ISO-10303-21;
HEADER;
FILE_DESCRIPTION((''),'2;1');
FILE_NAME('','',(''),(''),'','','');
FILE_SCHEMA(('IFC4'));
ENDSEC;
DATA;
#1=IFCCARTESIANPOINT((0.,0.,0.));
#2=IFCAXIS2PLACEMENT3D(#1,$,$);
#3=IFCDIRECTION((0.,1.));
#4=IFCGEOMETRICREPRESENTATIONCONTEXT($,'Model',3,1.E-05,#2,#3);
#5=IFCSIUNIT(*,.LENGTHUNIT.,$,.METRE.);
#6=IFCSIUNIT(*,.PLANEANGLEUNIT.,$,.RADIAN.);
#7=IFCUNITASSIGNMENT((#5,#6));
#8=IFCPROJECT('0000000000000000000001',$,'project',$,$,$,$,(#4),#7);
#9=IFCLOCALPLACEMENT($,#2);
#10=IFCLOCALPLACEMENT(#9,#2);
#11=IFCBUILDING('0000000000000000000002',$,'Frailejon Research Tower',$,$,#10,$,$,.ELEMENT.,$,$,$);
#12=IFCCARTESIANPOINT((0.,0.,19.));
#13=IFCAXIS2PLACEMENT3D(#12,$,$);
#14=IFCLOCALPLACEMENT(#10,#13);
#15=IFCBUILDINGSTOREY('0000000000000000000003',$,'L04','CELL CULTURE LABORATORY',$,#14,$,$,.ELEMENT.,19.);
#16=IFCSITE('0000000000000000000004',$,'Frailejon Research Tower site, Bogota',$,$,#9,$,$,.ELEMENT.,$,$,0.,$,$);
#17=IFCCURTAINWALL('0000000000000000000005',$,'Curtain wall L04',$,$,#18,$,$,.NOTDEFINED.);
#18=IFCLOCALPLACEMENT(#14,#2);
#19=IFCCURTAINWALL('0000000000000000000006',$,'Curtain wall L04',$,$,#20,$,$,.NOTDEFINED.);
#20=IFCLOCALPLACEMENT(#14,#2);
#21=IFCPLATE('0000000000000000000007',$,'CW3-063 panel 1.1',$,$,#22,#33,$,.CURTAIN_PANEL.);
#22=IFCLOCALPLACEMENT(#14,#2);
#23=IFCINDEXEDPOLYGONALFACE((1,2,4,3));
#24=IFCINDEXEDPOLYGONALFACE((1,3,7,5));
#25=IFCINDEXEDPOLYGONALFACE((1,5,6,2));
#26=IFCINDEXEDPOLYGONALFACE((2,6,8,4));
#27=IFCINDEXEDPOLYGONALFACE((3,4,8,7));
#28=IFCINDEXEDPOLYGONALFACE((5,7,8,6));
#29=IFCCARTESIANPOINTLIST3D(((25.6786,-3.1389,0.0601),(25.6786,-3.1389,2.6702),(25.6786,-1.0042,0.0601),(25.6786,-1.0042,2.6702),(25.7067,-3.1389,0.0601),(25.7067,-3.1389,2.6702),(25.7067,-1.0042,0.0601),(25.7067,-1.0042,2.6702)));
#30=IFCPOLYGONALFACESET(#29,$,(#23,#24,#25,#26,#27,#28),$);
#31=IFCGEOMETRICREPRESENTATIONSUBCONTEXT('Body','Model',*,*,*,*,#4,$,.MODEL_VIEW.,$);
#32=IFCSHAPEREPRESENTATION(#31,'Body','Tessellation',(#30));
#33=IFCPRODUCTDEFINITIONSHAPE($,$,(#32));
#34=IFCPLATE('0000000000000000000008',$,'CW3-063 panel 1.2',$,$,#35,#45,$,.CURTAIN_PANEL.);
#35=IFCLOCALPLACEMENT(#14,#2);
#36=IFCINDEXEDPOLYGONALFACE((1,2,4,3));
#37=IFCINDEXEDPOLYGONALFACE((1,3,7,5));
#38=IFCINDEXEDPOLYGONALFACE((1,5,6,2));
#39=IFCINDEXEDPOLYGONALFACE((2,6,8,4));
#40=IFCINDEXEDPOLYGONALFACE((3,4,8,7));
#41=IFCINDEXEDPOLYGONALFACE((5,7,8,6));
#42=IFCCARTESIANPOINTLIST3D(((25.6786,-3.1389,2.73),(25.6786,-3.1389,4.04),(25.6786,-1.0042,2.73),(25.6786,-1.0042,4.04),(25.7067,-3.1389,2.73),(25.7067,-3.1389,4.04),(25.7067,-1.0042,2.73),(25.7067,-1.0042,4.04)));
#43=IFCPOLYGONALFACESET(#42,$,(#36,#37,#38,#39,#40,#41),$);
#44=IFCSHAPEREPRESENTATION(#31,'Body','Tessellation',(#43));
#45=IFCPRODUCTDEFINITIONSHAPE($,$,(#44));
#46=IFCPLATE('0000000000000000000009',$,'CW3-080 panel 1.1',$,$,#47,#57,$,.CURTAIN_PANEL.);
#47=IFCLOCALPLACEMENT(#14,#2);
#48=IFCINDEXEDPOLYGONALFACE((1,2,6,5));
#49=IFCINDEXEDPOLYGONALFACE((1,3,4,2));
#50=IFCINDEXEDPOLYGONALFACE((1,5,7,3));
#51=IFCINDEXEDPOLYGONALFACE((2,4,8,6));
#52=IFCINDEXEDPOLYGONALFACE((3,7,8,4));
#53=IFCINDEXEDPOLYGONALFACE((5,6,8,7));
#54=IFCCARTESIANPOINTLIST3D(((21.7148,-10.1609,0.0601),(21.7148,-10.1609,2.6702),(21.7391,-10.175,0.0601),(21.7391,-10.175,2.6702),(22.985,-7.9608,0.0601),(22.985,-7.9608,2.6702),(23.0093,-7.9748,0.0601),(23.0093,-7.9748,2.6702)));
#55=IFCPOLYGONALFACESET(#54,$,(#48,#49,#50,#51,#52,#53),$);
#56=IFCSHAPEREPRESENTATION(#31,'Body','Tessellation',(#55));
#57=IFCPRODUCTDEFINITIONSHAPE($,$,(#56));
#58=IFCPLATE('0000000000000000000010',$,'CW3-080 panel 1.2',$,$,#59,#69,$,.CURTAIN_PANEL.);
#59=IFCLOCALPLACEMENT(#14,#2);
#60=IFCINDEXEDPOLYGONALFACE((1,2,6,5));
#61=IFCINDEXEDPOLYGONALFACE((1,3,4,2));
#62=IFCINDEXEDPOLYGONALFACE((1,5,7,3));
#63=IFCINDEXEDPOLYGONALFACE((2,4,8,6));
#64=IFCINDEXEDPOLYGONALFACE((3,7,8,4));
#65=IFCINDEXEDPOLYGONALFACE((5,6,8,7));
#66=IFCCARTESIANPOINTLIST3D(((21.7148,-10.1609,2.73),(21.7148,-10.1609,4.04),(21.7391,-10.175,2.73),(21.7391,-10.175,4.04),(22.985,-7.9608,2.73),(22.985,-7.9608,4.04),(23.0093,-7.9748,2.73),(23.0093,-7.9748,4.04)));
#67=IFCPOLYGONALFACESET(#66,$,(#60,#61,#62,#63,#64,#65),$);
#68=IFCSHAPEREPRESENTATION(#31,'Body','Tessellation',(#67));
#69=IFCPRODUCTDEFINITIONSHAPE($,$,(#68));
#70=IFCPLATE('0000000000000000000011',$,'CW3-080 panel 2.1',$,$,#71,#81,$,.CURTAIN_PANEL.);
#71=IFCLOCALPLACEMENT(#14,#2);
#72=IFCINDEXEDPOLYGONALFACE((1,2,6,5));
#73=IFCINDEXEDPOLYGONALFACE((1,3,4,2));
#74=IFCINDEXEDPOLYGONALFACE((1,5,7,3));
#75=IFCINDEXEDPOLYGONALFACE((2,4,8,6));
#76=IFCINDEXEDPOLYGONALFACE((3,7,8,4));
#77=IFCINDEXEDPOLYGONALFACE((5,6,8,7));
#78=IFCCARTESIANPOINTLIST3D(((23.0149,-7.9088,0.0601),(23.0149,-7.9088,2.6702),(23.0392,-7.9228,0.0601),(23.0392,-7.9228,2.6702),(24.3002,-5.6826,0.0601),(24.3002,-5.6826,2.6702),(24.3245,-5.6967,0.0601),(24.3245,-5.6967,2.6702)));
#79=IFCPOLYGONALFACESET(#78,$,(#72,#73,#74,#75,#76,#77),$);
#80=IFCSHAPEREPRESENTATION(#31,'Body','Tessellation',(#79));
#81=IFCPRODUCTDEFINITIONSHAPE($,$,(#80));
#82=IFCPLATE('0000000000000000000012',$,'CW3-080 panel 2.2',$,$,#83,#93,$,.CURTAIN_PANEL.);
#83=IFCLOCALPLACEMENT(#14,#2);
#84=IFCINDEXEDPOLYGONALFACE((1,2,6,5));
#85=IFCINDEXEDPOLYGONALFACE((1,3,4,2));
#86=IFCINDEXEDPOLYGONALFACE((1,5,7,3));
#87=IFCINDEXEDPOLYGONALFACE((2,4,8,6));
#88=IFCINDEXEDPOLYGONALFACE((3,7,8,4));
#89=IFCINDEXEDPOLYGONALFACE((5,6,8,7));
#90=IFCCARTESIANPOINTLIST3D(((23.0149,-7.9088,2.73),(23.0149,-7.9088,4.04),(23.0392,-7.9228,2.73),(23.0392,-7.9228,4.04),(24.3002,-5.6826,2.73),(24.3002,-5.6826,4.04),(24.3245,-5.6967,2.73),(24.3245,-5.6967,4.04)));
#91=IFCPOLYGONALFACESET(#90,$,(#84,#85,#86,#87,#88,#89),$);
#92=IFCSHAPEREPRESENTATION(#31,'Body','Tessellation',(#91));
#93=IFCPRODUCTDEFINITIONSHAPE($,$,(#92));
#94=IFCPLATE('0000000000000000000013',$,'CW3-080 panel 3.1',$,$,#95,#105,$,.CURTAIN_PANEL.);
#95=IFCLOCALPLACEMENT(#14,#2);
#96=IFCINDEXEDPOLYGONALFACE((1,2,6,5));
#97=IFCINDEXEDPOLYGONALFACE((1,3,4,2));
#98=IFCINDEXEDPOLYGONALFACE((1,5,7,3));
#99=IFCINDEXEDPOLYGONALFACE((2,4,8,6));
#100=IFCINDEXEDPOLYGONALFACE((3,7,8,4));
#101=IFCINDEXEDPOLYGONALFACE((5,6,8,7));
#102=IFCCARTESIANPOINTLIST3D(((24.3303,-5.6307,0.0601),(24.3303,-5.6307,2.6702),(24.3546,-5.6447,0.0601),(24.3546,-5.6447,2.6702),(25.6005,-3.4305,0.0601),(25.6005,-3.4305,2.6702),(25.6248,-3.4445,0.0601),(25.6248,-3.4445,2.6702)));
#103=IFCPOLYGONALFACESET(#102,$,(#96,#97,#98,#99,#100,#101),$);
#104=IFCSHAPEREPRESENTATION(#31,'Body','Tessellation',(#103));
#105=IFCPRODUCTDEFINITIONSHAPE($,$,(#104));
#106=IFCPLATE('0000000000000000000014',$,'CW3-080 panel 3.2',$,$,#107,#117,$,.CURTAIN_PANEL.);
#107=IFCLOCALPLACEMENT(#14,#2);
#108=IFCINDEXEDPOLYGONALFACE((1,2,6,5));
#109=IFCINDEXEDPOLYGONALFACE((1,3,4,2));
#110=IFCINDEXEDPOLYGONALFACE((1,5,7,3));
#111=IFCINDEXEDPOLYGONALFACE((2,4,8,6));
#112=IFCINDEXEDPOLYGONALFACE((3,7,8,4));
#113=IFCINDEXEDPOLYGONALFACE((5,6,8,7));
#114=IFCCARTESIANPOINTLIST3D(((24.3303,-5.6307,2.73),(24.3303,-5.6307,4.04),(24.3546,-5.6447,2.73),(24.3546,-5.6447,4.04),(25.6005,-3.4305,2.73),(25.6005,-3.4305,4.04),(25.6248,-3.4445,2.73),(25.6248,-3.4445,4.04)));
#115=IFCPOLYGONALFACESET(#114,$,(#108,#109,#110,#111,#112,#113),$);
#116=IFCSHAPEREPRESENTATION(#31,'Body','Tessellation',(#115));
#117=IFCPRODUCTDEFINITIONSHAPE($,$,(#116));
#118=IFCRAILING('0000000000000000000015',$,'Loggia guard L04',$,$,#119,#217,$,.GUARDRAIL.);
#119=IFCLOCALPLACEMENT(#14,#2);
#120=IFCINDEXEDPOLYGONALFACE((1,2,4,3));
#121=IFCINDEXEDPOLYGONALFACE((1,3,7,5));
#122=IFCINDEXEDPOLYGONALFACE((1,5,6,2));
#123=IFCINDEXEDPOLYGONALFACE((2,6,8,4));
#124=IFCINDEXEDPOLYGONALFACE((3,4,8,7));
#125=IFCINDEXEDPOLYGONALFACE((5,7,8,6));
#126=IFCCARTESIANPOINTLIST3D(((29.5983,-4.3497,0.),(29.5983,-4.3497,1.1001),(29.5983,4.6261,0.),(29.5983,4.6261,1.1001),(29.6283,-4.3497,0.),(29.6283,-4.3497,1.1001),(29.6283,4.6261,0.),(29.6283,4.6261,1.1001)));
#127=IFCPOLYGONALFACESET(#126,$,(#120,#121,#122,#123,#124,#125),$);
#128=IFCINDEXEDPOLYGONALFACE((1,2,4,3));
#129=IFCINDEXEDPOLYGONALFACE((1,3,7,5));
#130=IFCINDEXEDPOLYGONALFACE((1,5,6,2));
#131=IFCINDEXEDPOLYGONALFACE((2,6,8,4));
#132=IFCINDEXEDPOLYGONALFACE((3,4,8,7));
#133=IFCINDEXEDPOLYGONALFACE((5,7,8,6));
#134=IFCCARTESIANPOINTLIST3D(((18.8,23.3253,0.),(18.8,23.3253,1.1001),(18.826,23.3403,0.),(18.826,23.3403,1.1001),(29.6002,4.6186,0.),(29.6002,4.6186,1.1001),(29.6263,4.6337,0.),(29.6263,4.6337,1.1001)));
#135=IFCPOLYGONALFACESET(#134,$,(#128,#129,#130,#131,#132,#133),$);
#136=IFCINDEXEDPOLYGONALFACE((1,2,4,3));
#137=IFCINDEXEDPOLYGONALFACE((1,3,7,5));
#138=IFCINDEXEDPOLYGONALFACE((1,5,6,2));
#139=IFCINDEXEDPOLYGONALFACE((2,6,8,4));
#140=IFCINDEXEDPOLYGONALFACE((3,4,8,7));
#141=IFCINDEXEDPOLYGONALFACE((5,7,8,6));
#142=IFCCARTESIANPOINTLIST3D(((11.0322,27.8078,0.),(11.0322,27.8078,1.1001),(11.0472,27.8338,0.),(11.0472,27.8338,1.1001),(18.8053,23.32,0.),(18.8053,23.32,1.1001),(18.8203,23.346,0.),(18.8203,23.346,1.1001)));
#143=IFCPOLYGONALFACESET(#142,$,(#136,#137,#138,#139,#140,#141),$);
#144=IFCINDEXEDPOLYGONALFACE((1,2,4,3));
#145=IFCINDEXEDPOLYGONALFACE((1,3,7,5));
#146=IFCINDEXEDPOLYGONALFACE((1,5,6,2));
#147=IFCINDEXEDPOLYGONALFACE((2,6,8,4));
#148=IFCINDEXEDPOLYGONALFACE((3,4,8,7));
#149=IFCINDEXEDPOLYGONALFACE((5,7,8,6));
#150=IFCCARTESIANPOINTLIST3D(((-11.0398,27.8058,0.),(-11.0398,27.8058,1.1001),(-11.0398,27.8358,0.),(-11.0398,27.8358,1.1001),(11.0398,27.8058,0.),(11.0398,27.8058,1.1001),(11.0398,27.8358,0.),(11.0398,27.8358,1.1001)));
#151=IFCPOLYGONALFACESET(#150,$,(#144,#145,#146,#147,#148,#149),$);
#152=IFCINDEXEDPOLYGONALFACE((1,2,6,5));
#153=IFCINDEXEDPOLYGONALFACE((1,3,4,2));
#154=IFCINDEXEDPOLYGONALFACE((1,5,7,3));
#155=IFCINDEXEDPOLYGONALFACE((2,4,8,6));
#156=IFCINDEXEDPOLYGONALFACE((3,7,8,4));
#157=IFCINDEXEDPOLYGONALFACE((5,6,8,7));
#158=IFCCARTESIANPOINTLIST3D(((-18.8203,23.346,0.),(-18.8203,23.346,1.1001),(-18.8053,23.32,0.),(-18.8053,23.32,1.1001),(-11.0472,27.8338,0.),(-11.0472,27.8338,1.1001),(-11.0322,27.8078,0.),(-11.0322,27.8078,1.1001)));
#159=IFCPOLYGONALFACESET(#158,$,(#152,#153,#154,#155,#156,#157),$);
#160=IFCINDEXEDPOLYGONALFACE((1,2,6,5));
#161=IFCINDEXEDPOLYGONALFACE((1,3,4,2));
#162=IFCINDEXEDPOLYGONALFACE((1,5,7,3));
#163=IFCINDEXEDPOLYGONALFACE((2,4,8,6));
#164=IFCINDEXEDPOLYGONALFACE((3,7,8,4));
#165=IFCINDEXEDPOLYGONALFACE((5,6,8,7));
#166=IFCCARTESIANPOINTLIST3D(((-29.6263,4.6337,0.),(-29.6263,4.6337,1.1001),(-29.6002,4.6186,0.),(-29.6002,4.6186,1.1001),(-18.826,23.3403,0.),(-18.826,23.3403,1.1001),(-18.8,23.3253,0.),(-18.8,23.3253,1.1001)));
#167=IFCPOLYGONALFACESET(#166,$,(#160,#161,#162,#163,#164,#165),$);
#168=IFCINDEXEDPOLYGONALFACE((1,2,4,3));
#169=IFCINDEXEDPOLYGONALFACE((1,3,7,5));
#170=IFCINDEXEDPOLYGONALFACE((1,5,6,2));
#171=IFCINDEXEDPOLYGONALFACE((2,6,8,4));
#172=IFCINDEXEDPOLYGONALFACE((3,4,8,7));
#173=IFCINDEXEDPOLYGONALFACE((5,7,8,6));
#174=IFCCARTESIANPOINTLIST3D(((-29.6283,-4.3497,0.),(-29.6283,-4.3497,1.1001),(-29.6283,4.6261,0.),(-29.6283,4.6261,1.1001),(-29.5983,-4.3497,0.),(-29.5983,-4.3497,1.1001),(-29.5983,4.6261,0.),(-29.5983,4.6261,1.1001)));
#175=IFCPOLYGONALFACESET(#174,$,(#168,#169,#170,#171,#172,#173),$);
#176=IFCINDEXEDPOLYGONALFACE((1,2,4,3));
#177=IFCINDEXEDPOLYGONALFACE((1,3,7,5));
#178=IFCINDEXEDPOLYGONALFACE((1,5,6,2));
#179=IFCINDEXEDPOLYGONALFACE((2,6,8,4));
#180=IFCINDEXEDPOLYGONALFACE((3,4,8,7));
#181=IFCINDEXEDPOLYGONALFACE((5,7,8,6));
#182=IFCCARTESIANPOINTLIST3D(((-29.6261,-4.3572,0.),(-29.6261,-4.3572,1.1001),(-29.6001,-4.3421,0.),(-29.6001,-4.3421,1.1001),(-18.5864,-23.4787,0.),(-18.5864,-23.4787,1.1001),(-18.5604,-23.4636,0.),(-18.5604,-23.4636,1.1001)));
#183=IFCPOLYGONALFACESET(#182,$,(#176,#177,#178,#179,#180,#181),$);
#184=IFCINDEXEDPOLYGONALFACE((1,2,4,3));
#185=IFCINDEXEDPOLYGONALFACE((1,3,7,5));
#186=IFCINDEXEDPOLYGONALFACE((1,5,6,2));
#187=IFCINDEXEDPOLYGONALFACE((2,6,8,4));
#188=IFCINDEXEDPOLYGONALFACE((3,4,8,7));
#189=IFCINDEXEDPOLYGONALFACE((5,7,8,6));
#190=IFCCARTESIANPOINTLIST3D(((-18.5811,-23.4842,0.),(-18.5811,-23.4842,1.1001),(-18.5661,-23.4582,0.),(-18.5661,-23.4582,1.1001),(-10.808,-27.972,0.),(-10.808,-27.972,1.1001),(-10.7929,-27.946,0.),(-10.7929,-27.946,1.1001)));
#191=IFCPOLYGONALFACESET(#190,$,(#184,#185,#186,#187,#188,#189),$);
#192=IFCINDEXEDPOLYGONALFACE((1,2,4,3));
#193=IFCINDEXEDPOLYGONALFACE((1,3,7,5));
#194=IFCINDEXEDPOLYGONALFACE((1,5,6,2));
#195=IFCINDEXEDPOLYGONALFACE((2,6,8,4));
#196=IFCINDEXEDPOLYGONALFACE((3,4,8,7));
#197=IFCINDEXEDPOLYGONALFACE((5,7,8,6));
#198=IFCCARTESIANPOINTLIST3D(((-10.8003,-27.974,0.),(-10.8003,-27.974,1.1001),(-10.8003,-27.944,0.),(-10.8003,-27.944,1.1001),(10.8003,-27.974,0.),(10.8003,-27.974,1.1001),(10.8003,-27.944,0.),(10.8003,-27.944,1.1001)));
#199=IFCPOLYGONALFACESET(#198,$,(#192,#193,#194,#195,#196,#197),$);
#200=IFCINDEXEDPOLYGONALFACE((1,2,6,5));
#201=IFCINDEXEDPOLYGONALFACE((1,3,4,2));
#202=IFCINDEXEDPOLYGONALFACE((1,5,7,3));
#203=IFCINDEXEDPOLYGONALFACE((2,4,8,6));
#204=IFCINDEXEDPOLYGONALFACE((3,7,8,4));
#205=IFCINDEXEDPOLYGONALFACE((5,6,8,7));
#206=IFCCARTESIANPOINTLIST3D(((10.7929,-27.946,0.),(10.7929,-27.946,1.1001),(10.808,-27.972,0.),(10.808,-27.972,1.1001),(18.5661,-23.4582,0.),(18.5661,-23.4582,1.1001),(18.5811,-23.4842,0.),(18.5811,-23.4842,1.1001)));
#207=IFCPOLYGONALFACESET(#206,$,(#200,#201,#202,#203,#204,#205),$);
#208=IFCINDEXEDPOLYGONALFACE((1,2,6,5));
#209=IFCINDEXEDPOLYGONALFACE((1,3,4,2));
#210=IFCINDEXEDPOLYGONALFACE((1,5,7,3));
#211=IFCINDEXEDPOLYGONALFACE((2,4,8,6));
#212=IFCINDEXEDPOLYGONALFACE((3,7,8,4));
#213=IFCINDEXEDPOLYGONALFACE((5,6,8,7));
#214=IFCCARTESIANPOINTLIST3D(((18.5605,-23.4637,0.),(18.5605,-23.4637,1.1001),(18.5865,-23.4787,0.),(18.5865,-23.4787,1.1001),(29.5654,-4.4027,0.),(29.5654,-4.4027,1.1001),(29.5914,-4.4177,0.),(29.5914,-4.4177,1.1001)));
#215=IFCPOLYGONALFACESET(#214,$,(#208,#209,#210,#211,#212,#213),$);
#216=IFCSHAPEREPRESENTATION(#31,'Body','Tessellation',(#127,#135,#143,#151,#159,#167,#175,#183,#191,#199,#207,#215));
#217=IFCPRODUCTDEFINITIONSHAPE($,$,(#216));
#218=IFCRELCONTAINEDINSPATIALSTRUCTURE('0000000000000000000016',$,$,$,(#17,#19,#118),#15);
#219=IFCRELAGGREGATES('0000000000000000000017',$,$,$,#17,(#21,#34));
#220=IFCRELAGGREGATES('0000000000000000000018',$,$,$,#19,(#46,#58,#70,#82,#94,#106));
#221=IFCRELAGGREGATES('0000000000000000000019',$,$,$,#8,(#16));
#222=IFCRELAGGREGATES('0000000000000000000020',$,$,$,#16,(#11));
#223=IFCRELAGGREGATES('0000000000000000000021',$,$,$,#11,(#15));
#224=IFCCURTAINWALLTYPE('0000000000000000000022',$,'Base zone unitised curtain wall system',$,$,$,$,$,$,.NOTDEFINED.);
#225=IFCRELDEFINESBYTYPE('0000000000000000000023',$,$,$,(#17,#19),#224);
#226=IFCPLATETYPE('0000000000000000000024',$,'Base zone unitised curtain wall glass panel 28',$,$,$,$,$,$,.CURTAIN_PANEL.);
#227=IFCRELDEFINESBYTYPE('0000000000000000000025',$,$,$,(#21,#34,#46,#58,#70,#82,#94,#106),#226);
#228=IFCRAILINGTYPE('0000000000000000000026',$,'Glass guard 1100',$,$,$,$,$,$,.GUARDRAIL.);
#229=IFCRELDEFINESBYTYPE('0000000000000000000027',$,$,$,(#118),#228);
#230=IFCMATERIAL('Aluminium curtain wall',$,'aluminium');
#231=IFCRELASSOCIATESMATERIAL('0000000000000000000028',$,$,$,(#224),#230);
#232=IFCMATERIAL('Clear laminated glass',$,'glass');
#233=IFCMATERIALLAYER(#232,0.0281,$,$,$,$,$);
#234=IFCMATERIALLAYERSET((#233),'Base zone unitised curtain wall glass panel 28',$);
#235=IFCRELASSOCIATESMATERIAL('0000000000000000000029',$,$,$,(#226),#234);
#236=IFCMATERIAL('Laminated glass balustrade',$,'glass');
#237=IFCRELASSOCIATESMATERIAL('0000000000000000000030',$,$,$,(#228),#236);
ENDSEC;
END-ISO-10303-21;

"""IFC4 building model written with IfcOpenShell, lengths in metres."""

from ifc_helpers import new_model, si_unit, direction, frame, origin, origin_2d, place, context, subcontext, project, spatial, rectangle, extrude, material, layer, layer_set, type_object, element, aggregate, save


model = new_model("IFC4")

# Units and contexts
model_context = context("Model", 3, precision=1e-05, world=origin(), true_north=direction((0.0, 1.0)))
body_context = subcontext(model_context, "Body", "Model", "MODEL_VIEW")
ifc_project = project(units=[si_unit("LENGTHUNIT", "METRE"), si_unit("PLANEANGLEUNIT", "RADIAN")], contexts=[model_context])

# Site, building, storey
site_placement = place(None, origin())
site = spatial("IfcSite", under=ifc_project, at=site_placement, Name="Frailejon Research Tower site, Bogota", CompositionType="ELEMENT", RefElevation=0.0)
building_placement = place(site_placement, origin())
building = spatial("IfcBuilding", under=site, at=building_placement, Name="Frailejon Research Tower", CompositionType="ELEMENT")
storey_placement = place(building_placement, frame((0.0, 0.0, 19.0)))
storey = spatial("IfcBuildingStorey", under=building, at=storey_placement, Name="L04", Description="CELL CULTURE LABORATORY", CompositionType="ELEMENT", Elevation=19.0)

# Curtain walls
ifc_material_1 = material(Name="Aluminium curtain wall", Category="aluminium")
curtain_wall_type = type_object("IfcCurtainWallType", Name="Base zone unitised curtain wall system", PredefinedType="NOTDEFINED", material=ifc_material_1)
curtain_wall_1_placement = place(storey_placement, origin())
curtain_wall_1 = element("IfcCurtainWall", 1, at=curtain_wall_1_placement, inside=storey, type_object=curtain_wall_type, Name="Curtain wall L04", PredefinedType="NOTDEFINED")
curtain_wall_2_placement = place(storey_placement, origin())
curtain_wall_2 = element("IfcCurtainWall", 2, at=curtain_wall_2_placement, inside=storey, type_object=curtain_wall_type, Name="Curtain wall L04", PredefinedType="NOTDEFINED")

# Plates
ifc_material_2 = material(Name="Clear laminated glass", Category="glass")
ifc_layer = layer(ifc_material_2, 0.0281)
ifc_layer_set = layer_set([ifc_layer], Name="Base zone unitised curtain wall glass panel 28")
plate_type = type_object("IfcPlateType", Name="Base zone unitised curtain wall glass panel 28", PredefinedType="CURTAIN_PANEL", material=ifc_layer_set)
plate_1_placement = place(storey_placement, frame((25.6926, -2.0715, 0.0601), z_axis=(0.0, 0.0, 1.0), x_axis=(0.0, 1.0, 0.0)))
plate_1 = element("IfcPlate", 3, at=plate_1_placement, type_object=plate_type, Name="CW3-063 panel 1.1", PredefinedType="CURTAIN_PANEL", context=body_context, shape_type="SweptSolid", body=[
    extrude(rectangle(XDim=2.1348, YDim=0.0281, at=origin_2d()), origin(), (0.0, 0.0, 1.0), 2.6101),
])
plate_2_placement = place(storey_placement, frame((25.6926, -2.0715, 2.73), z_axis=(0.0, 0.0, 1.0), x_axis=(0.0, 1.0, 0.0)))
plate_2 = element("IfcPlate", 4, at=plate_2_placement, type_object=plate_type, Name="CW3-063 panel 1.2", PredefinedType="CURTAIN_PANEL", context=body_context, shape_type="SweptSolid", body=[
    extrude(rectangle(XDim=2.1348, YDim=0.0281, at=origin_2d()), origin(), (0.0, 0.0, 1.0), 1.3101),
])
aggregate(curtain_wall_1, [plate_1, plate_2])
plate_3_placement = place(storey_placement, frame((22.3621, -9.0679, 0.0601), z_axis=(0.0, 0.0, 1.0), x_axis=(0.499997, 0.866027, 0.0)))
plate_3 = element("IfcPlate", 5, at=plate_3_placement, type_object=plate_type, Name="CW3-080 panel 1.1", PredefinedType="CURTAIN_PANEL", context=body_context, shape_type="SweptSolid", body=[
    extrude(rectangle(XDim=2.5405, YDim=0.0281, at=origin_2d()), origin(), (0.0, 0.0, 1.0), 2.6101),
])
plate_4_placement = place(storey_placement, frame((22.3621, -9.0679, 2.73), z_axis=(0.0, 0.0, 1.0), x_axis=(0.499997, 0.866027, 0.0)))
plate_4 = element("IfcPlate", 6, at=plate_4_placement, type_object=plate_type, Name="CW3-080 panel 1.2", PredefinedType="CURTAIN_PANEL", context=body_context, shape_type="SweptSolid", body=[
    extrude(rectangle(XDim=2.5405, YDim=0.0281, at=origin_2d()), origin(), (0.0, 0.0, 1.0), 1.3101),
])
plate_5_placement = place(storey_placement, frame((23.6697, -6.8027, 0.0601), z_axis=(0.0, 0.0, 1.0), x_axis=(0.499997, 0.866027, 0.0)))
plate_5 = element("IfcPlate", 7, at=plate_5_placement, type_object=plate_type, Name="CW3-080 panel 2.1", PredefinedType="CURTAIN_PANEL", context=body_context, shape_type="SweptSolid", body=[
    extrude(rectangle(XDim=2.5706, YDim=0.0281, at=origin_2d()), origin(), (0.0, 0.0, 1.0), 2.6101),
])
plate_6_placement = place(storey_placement, frame((23.6697, -6.8027, 2.73), z_axis=(0.0, 0.0, 1.0), x_axis=(0.499997, 0.866027, 0.0)))
plate_6 = element("IfcPlate", 8, at=plate_6_placement, type_object=plate_type, Name="CW3-080 panel 2.2", PredefinedType="CURTAIN_PANEL", context=body_context, shape_type="SweptSolid", body=[
    extrude(rectangle(XDim=2.5706, YDim=0.0281, at=origin_2d()), origin(), (0.0, 0.0, 1.0), 1.3101),
])
plate_7_placement = place(storey_placement, frame((24.9775, -4.5376, 0.0601), z_axis=(0.0, 0.0, 1.0), x_axis=(0.499997, 0.866027, 0.0)))
plate_7 = element("IfcPlate", 9, at=plate_7_placement, type_object=plate_type, Name="CW3-080 panel 3.1", PredefinedType="CURTAIN_PANEL", context=body_context, shape_type="SweptSolid", body=[
    extrude(rectangle(XDim=2.5405, YDim=0.0281, at=origin_2d()), origin(), (0.0, 0.0, 1.0), 2.6101),
])
plate_8_placement = place(storey_placement, frame((24.9775, -4.5376, 2.73), z_axis=(0.0, 0.0, 1.0), x_axis=(0.499997, 0.866027, 0.0)))
plate_8 = element("IfcPlate", 10, at=plate_8_placement, type_object=plate_type, Name="CW3-080 panel 3.2", PredefinedType="CURTAIN_PANEL", context=body_context, shape_type="SweptSolid", body=[
    extrude(rectangle(XDim=2.5405, YDim=0.0281, at=origin_2d()), origin(), (0.0, 0.0, 1.0), 1.3101),
])
aggregate(curtain_wall_2, [plate_3, plate_4, plate_5, plate_6, plate_7, plate_8])

# Railing
ifc_material_3 = material(Name="Laminated glass balustrade", Category="glass")
railing_type = type_object("IfcRailingType", Name="Glass guard 1100", PredefinedType="GUARDRAIL", material=ifc_material_3)
railing_placement = place(storey_placement, frame((29.6133, -4.3496, 0.0)))
element("IfcRailing", 11, at=railing_placement, inside=storey, type_object=railing_type, Name="Loggia guard L04", PredefinedType="GUARDRAIL", context=body_context, shape_type="SweptSolid", body=[
    extrude(rectangle(XDim=8.9758, YDim=0.03, at=origin_2d()), frame((0.0, 4.4878, 0.0), z_axis=(0.0, 0.0, 1.0), x_axis=(0.0, 1.0, 0.0)), (0.0, 0.0, 1.0), 1.1001),
    extrude(rectangle(XDim=21.6006, YDim=0.03, at=origin_2d()), frame((-5.4001, 18.3291, 0.0), z_axis=(0.0, 0.0, 1.0), x_axis=(-0.499997, 0.866027, 0.0)), (0.0, 0.0, 1.0), 1.1001),
    extrude(rectangle(XDim=8.9756, YDim=0.03, at=origin_2d()), frame((-14.687, 29.9265, 0.0), z_axis=(0.0, 0.0, 1.0), x_axis=(-0.866028, 0.499995, 0.0)), (0.0, 0.0, 1.0), 1.1001),
    extrude(rectangle(XDim=22.0796, YDim=0.03, at=origin_2d()), frame((-29.6133, 32.1704, 0.0), z_axis=(0.0, 0.0, 1.0), x_axis=(-1.0, 0.0, 0.0)), (0.0, 0.0, 1.0), 1.1001),
    extrude(rectangle(XDim=8.9756, YDim=0.03, at=origin_2d()), frame((-44.5396, 29.9265, 0.0), z_axis=(0.0, 0.0, 1.0), x_axis=(-0.866028, -0.499995, 0.0)), (0.0, 0.0, 1.0), 1.1001),
    extrude(rectangle(XDim=21.6006, YDim=0.03, at=origin_2d()), frame((-53.8264, 18.3291, 0.0), z_axis=(0.0, 0.0, 1.0), x_axis=(-0.499997, -0.866027, 0.0)), (0.0, 0.0, 1.0), 1.1001),
    extrude(rectangle(XDim=8.9758, YDim=0.03, at=origin_2d()), frame((-59.2266, 4.4878, 0.0), z_axis=(0.0, 0.0, 1.0), x_axis=(0.0, -1.0, 0.0)), (0.0, 0.0, 1.0), 1.1001),
    extrude(rectangle(XDim=22.0796, YDim=0.03, at=origin_2d()), frame((-53.7065, -9.5608, 0.0), z_axis=(0.0, 0.0, 1.0), x_axis=(0.499998, -0.866026, 0.0)), (0.0, 0.0, 1.0), 1.1001),
    extrude(rectangle(XDim=8.9756, YDim=0.03, at=origin_2d()), frame((-44.3003, -21.3655, 0.0), z_axis=(0.0, 0.0, 1.0), x_axis=(0.866028, -0.499995, 0.0)), (0.0, 0.0, 1.0), 1.1001),
    extrude(rectangle(XDim=21.6006, YDim=0.03, at=origin_2d()), frame((-29.6133, -23.6094, 0.0), z_axis=(0.0, 0.0, 1.0), x_axis=(1.0, 0.0, 0.0)), (0.0, 0.0, 1.0), 1.1001),
    extrude(rectangle(XDim=8.9756, YDim=0.03, at=origin_2d()), frame((-14.9263, -21.3655, 0.0), z_axis=(0.0, 0.0, 1.0), x_axis=(0.866028, 0.499995, 0.0)), (0.0, 0.0, 1.0), 1.1001),
    extrude(rectangle(XDim=22.0098, YDim=0.03, at=origin_2d()), frame((-5.5374, -9.5911, 0.0), z_axis=(0.0, 0.0, 1.0), x_axis=(0.5, 0.866026, 0.0)), (0.0, 0.0, 1.0), 1.1001),
])

save(model, "model.ifc")
